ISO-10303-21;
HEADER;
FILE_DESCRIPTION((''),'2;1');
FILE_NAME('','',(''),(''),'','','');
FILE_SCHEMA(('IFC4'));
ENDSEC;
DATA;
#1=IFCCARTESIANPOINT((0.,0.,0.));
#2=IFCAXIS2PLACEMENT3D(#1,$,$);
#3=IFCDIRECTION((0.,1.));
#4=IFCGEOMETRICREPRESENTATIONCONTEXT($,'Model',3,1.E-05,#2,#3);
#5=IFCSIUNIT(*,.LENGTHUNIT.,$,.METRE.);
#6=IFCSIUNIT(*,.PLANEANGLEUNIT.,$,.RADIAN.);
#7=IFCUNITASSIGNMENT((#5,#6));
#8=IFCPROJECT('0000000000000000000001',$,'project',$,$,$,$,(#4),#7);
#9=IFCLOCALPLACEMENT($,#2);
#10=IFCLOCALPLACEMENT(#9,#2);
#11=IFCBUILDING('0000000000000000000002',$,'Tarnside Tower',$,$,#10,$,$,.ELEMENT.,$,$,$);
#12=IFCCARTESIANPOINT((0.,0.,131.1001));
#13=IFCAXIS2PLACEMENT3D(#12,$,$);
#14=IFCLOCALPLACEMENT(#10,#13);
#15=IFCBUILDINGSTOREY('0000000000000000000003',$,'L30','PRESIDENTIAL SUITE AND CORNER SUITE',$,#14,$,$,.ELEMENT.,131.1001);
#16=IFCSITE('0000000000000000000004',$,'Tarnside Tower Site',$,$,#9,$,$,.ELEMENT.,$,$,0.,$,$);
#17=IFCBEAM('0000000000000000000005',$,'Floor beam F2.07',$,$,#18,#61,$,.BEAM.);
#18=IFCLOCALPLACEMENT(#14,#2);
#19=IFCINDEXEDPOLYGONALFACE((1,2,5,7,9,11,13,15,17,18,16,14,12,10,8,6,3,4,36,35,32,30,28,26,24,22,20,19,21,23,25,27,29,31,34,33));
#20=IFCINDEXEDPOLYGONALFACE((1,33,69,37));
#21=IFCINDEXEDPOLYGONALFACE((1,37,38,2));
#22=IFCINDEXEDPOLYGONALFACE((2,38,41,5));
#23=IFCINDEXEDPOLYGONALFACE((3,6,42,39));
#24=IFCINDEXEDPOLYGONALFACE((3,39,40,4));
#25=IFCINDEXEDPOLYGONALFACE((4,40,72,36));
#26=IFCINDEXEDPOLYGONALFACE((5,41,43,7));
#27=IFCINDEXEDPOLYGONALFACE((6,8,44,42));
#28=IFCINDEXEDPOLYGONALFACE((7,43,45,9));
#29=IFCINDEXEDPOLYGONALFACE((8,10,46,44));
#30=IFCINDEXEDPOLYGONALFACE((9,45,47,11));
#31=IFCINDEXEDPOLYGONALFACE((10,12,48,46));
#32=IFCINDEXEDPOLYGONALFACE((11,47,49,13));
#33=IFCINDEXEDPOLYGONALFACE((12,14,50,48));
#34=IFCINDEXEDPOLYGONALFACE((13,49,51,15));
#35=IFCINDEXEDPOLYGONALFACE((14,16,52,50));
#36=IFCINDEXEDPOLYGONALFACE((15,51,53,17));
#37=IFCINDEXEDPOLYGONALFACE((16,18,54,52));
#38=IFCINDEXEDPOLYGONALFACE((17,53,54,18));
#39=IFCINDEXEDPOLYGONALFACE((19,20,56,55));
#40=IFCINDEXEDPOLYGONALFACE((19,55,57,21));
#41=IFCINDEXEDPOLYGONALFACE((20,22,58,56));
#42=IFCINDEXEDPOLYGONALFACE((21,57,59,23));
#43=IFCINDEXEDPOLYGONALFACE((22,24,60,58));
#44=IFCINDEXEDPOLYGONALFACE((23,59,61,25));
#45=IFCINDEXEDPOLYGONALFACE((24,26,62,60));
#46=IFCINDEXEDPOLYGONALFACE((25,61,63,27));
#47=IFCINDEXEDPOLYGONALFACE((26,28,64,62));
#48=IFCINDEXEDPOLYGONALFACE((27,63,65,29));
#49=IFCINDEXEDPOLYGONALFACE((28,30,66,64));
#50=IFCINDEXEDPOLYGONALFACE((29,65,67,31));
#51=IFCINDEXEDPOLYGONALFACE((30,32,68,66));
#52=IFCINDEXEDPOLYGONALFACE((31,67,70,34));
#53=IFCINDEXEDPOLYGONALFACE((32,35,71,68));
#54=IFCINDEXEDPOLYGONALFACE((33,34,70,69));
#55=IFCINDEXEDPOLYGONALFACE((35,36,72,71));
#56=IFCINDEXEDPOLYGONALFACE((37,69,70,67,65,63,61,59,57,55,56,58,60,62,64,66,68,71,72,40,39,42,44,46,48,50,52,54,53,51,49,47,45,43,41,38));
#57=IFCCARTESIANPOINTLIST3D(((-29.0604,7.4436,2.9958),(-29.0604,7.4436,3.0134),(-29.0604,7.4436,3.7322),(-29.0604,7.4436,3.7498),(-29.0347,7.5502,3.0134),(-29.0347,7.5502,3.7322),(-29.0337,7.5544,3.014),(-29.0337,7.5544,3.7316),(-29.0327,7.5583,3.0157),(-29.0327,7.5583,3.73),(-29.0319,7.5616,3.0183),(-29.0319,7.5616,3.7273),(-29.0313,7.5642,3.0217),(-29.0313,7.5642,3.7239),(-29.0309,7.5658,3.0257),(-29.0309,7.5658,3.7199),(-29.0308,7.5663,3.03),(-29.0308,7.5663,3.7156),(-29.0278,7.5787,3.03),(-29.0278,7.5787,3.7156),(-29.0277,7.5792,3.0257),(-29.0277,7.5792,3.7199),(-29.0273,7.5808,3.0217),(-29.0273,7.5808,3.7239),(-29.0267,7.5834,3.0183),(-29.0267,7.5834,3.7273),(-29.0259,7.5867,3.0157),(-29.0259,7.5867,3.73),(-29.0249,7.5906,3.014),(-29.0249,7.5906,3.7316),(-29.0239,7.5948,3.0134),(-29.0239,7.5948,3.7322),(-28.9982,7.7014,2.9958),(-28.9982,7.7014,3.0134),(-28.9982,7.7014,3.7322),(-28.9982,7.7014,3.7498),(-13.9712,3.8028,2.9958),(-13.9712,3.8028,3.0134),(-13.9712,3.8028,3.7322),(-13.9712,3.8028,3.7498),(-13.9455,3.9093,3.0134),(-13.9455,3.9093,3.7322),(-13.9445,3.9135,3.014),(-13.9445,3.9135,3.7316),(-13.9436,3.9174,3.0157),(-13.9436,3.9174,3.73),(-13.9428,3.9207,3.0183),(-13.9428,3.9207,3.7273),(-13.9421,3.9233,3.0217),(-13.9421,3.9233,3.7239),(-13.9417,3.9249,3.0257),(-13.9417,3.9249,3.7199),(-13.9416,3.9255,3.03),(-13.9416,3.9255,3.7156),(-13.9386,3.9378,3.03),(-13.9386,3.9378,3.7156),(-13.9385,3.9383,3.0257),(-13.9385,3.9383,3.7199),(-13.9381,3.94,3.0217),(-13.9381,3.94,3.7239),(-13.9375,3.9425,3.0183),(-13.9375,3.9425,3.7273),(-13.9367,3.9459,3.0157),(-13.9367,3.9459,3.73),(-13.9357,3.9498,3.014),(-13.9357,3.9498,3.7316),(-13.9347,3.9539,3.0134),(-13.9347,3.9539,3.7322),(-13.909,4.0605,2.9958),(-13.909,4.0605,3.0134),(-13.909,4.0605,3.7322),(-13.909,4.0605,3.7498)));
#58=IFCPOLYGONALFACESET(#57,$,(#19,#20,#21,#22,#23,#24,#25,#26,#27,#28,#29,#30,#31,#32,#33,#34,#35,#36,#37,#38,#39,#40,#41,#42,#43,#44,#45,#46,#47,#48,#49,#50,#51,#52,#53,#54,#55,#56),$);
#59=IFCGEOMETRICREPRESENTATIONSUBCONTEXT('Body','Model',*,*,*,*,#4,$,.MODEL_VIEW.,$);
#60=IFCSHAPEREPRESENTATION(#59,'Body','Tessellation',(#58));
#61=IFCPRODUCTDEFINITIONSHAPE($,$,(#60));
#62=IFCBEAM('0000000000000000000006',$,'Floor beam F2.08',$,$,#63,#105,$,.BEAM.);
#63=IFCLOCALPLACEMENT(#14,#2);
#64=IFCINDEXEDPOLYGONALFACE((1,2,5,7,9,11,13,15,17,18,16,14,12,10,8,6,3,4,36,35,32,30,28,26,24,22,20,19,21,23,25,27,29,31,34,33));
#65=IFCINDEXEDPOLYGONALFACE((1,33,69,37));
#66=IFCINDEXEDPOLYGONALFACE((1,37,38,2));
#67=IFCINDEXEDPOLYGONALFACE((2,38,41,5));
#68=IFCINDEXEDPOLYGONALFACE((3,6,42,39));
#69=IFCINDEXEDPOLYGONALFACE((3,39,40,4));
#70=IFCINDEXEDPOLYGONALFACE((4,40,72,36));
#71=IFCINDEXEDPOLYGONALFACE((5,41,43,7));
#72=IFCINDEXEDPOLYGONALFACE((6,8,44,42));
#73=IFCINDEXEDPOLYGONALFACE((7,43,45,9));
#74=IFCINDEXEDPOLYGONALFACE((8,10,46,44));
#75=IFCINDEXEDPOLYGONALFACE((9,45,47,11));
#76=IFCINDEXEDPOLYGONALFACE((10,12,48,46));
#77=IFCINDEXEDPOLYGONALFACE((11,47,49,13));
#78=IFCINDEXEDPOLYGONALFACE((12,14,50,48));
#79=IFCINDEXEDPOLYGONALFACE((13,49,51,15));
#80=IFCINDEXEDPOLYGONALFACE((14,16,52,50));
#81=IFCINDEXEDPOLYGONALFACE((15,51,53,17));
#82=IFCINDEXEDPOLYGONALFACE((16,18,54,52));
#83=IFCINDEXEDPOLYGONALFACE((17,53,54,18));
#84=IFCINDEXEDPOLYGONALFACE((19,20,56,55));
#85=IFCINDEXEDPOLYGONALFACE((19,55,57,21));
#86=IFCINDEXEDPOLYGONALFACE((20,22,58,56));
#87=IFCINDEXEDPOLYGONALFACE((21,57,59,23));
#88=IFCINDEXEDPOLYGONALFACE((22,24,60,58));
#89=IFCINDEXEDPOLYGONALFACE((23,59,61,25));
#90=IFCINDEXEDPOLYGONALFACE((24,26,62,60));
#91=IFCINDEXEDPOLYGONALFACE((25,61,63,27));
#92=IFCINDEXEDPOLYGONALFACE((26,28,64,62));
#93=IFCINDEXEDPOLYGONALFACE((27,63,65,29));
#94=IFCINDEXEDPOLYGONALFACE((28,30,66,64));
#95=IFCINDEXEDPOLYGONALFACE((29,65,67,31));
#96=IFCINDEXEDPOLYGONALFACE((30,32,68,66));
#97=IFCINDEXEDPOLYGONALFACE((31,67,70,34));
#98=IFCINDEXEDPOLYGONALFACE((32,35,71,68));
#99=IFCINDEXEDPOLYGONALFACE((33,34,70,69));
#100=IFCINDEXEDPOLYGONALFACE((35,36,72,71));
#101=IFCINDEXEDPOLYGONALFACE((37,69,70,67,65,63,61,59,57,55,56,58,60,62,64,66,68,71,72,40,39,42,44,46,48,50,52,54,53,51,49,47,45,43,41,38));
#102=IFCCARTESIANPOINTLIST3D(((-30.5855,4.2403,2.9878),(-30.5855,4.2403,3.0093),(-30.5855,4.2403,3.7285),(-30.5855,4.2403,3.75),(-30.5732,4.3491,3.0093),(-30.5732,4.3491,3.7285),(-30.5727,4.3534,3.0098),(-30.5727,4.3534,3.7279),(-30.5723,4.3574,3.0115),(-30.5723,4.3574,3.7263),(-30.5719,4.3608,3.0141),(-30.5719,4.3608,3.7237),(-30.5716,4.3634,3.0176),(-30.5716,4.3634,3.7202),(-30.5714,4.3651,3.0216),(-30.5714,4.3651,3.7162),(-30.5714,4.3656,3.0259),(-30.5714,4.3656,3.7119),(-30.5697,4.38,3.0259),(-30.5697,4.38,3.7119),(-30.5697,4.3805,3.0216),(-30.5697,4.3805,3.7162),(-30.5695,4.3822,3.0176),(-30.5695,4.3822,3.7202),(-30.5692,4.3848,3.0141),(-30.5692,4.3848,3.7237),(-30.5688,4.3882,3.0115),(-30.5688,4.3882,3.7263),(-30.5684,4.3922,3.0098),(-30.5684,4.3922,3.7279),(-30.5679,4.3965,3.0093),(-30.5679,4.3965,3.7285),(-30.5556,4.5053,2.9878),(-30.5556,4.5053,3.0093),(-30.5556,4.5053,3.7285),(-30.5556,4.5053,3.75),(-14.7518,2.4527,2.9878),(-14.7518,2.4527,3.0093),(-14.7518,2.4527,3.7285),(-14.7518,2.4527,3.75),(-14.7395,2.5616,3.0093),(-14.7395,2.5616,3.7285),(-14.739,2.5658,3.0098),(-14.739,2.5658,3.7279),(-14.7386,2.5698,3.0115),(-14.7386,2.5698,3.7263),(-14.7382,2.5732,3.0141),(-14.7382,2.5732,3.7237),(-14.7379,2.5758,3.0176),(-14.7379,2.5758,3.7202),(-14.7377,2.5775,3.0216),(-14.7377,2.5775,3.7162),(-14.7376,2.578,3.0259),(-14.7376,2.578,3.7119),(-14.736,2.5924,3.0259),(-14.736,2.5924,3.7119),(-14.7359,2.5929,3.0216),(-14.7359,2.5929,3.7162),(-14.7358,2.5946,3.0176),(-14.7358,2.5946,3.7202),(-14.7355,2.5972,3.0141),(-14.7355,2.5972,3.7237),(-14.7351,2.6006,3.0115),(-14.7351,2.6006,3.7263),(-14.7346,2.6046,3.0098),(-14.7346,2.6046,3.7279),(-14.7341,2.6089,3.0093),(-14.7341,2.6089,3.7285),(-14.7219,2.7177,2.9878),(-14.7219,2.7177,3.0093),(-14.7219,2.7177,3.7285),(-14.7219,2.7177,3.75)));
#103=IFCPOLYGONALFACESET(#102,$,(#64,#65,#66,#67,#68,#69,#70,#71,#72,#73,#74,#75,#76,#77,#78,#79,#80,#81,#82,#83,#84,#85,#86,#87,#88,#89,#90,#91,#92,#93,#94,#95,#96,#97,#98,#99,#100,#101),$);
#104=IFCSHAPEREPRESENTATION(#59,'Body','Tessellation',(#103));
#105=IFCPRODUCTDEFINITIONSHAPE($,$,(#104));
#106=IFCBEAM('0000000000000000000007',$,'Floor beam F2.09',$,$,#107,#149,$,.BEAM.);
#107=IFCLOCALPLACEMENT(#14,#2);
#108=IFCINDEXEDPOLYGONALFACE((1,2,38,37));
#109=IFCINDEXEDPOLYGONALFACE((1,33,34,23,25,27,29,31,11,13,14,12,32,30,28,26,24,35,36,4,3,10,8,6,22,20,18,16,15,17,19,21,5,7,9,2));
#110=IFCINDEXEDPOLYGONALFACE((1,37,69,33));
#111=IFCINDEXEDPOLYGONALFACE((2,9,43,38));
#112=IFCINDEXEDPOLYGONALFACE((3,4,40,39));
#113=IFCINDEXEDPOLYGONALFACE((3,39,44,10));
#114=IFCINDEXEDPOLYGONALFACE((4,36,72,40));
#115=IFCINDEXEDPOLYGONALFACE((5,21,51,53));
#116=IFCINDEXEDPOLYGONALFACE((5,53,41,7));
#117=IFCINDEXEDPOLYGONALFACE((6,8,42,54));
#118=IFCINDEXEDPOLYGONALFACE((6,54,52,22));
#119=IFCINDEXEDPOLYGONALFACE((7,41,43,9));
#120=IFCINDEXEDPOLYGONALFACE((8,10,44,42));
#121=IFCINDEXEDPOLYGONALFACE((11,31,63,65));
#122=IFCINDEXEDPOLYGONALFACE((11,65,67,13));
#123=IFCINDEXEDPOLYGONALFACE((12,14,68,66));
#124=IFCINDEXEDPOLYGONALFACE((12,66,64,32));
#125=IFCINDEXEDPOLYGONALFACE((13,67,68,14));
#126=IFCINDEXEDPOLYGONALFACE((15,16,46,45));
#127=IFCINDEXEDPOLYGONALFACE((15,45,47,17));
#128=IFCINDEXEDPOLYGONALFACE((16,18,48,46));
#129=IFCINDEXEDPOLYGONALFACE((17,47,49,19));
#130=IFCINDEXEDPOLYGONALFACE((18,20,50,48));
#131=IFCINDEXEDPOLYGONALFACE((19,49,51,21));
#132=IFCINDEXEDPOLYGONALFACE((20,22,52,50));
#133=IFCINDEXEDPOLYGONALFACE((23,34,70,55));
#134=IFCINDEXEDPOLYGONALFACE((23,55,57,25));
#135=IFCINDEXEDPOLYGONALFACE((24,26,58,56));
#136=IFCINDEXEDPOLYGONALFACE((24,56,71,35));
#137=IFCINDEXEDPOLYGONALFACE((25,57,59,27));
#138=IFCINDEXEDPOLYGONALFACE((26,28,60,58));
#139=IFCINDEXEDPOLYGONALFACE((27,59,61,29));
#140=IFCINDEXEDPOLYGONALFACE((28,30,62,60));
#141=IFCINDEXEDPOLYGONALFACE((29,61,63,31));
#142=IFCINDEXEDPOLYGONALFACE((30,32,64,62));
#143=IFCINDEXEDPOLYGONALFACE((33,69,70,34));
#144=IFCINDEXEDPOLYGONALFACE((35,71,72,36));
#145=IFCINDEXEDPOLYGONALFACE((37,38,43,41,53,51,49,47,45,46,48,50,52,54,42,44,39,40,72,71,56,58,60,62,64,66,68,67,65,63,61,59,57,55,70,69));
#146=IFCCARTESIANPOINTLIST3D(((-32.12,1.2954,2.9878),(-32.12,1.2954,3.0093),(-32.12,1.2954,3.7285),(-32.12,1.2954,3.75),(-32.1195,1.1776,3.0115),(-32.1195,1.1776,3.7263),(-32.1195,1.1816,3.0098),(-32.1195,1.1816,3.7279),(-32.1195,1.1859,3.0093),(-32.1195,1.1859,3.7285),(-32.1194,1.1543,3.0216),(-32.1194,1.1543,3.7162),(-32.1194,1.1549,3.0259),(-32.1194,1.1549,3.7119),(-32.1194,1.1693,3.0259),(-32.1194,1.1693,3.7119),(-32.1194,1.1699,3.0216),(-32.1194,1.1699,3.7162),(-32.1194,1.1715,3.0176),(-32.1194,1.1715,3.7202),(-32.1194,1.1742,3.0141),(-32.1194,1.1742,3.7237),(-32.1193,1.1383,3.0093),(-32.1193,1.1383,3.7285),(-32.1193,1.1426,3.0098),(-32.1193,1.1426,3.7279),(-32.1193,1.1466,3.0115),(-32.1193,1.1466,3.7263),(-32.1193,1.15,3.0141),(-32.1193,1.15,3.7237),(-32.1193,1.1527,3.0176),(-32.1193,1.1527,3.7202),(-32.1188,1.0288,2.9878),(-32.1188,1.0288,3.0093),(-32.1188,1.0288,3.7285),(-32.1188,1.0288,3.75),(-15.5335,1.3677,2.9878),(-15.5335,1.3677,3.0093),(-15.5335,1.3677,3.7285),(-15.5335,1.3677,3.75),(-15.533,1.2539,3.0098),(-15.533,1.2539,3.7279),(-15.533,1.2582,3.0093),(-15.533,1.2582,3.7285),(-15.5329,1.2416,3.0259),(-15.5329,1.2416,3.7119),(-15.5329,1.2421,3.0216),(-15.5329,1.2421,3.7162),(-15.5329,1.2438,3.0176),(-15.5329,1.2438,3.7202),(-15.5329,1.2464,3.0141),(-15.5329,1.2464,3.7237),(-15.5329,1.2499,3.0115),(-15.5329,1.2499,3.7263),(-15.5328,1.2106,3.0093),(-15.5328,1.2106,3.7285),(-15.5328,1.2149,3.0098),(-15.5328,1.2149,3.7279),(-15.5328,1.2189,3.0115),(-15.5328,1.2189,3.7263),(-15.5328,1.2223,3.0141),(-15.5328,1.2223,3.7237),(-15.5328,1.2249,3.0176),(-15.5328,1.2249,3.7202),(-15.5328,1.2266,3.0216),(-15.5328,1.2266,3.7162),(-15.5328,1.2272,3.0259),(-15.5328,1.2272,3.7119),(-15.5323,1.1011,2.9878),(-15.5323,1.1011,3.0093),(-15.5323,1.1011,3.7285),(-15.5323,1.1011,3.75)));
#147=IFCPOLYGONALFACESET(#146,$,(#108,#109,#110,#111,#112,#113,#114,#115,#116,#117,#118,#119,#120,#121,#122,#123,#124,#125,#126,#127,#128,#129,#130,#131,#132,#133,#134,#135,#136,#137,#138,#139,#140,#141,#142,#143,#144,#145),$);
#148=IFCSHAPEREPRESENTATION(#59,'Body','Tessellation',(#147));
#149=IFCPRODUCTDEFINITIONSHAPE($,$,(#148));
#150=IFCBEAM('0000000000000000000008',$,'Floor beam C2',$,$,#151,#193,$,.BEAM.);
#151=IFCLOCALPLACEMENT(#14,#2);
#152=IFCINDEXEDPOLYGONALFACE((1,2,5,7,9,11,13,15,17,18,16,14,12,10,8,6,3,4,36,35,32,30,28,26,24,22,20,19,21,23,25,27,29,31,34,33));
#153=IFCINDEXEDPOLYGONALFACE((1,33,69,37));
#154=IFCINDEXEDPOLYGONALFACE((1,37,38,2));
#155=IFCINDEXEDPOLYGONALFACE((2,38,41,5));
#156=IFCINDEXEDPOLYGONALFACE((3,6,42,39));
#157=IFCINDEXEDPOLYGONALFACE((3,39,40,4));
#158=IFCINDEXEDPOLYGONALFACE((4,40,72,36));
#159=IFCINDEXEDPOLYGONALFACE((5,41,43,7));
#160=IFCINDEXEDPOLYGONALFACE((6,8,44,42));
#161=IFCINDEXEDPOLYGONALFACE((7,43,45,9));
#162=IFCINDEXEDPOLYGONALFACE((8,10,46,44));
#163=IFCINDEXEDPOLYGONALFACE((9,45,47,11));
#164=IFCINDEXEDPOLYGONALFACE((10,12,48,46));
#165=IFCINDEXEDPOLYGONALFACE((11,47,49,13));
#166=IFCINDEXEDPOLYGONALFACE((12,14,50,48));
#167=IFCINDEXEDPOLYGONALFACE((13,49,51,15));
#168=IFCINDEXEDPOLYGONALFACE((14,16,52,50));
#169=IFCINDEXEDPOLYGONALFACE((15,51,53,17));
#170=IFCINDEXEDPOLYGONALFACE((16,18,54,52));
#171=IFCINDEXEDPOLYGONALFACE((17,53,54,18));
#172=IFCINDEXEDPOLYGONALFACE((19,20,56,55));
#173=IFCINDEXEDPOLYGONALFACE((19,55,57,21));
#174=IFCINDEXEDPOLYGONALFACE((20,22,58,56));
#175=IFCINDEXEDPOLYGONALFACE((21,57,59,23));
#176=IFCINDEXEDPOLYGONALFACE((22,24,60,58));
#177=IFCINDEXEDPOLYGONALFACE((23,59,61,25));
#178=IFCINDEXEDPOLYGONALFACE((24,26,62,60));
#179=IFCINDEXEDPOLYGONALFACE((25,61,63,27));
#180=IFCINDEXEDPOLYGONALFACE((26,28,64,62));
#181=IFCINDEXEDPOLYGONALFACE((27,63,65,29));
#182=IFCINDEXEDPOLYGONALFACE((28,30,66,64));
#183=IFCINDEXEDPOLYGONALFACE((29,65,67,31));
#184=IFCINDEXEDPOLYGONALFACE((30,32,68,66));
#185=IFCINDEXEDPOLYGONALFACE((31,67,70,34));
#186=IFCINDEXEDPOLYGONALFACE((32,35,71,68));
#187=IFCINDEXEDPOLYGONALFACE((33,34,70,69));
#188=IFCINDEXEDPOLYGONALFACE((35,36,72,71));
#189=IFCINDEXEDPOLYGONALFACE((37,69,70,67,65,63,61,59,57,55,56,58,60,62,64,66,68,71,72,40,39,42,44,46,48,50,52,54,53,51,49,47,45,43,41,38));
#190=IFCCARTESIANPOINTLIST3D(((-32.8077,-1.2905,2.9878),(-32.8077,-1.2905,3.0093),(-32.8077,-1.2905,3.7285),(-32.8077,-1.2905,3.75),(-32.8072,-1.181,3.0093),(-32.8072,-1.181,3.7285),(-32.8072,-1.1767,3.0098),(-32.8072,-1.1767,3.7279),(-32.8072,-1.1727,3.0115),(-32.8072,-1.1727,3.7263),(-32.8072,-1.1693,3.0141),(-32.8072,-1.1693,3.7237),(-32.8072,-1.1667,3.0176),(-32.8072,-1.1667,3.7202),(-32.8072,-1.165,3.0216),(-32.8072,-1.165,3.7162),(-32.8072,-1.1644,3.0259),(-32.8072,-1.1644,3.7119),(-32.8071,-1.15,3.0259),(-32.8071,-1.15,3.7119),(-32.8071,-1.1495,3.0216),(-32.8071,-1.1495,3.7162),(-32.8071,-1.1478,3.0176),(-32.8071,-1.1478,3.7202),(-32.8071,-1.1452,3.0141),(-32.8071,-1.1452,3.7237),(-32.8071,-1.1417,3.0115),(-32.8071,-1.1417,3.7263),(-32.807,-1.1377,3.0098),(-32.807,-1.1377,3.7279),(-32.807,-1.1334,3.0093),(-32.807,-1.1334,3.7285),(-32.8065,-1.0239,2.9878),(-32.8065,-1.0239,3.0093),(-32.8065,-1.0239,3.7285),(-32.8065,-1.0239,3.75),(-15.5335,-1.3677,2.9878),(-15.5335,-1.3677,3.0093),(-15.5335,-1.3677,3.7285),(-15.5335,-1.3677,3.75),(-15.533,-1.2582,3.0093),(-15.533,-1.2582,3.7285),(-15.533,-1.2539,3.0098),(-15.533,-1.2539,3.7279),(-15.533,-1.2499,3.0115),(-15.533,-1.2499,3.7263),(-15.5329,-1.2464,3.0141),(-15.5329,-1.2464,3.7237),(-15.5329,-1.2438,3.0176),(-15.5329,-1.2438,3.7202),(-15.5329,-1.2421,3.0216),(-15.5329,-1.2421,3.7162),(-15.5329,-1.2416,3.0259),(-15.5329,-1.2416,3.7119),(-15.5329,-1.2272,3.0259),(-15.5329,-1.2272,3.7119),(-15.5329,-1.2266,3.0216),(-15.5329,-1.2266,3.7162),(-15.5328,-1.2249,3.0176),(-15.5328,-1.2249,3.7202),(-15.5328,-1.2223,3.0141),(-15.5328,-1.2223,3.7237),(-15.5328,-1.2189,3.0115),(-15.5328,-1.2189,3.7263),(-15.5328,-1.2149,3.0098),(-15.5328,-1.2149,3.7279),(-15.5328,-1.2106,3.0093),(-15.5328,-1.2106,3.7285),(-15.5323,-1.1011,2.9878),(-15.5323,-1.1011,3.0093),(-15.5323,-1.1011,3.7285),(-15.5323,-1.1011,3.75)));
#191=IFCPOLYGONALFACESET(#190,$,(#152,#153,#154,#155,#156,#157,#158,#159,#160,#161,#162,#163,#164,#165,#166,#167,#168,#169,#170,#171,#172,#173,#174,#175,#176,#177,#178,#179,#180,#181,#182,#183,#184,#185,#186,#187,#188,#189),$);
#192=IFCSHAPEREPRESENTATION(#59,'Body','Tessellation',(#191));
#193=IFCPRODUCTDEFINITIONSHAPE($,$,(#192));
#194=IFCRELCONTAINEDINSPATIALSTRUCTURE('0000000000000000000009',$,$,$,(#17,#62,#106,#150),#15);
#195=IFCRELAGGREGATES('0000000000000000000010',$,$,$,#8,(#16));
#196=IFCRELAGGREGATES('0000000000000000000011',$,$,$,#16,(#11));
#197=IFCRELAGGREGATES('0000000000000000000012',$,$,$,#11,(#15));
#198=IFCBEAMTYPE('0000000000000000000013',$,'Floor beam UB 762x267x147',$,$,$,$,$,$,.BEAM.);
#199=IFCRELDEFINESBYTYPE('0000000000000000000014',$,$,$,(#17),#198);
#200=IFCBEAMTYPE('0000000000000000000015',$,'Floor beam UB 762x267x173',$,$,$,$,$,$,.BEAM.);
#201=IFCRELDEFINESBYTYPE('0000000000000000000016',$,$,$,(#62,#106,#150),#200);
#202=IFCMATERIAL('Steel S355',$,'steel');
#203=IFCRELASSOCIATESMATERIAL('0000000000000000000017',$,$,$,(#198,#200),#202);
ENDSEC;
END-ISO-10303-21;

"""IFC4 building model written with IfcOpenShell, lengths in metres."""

from ifc_helpers import new_model, si_unit, direction, frame, origin, origin_2d, place, context, subcontext, project, spatial, i_section, extrude, material, material_profile, profile_set, type_object, element, save


model = new_model("IFC4")

# Units and contexts
model_context = context("Model", 3, precision=1e-05, world=origin(), true_north=direction((0.0, 1.0)))
body_context = subcontext(model_context, "Body", "Model", "MODEL_VIEW")
ifc_project = project(units=[si_unit("LENGTHUNIT", "METRE"), si_unit("PLANEANGLEUNIT", "RADIAN")], contexts=[model_context])

# Site, building, storey
site_placement = place(None, origin())
site = spatial("IfcSite", under=ifc_project, at=site_placement, Name="Tarnside Tower Site", CompositionType="ELEMENT", RefElevation=0.0)
building_placement = place(site_placement, origin())
building = spatial("IfcBuilding", under=site, at=building_placement, Name="Tarnside Tower", CompositionType="ELEMENT")
storey_placement = place(building_placement, frame((0.0, 0.0, 131.1001)))
storey = spatial("IfcBuildingStorey", under=building, at=storey_placement, Name="L30", Description="PRESIDENTIAL SUITE AND CORNER SUITE", CompositionType="ELEMENT", Elevation=131.1001)

# Beams
ifc_material_1 = material(Name="Steel S355", Category="steel")
ifc_material_profile_1 = material_profile(ifc_material_1, i_section(OverallWidth=0.2651, OverallDepth=0.7539, WebThickness=0.0127, FlangeThickness=0.0176, FilletRadius=0.0166, at=origin_2d()), Name="UB 762x267x147")
ifc_profile_set_1 = profile_set([ifc_material_profile_1], Name="Steel S355")
beam_type_1 = type_object("IfcBeamType", Name="Floor beam UB 762x267x147", PredefinedType="BEAM", material=ifc_profile_set_1)
beam_1_placement = place(storey_placement, frame((-29.0293, 7.5725, 3.3728), z_axis=(0.972102, -0.23456, 0.0), x_axis=(0.23456, 0.972102, 0.0)))
element("IfcBeam", 1, at=beam_1_placement, inside=storey, type_object=beam_type_1, Name="Floor beam F2.07", PredefinedType="BEAM", context=body_context, shape_type="SweptSolid", body=[
    extrude(i_section(OverallWidth=0.2651, OverallDepth=0.7539, WebThickness=0.0127, FlangeThickness=0.0176, FilletRadius=0.0166, at=origin_2d()), origin(), (0.0, 0.0, 1.0), 15.5222),
])
ifc_material_profile_2 = material_profile(ifc_material_1, i_section(OverallWidth=0.2666, OverallDepth=0.7622, WebThickness=0.0144, FlangeThickness=0.0215, FilletRadius=0.0166, at=origin_2d()), Name="UB 762x267x173")
ifc_profile_set_2 = profile_set([ifc_material_profile_2], Name="Steel S355")
beam_type_2 = type_object("IfcBeamType", Name="Floor beam UB 762x267x173", PredefinedType="BEAM", material=ifc_profile_set_2)
beam_2_placement = place(storey_placement, frame((-30.5706, 4.3728, 3.3689), z_axis=(0.993687, -0.112185, 0.0), x_axis=(0.112185, 0.993687, 0.0)))
element("IfcBeam", 2, at=beam_2_placement, inside=storey, type_object=beam_type_2, Name="Floor beam F2.08", PredefinedType="BEAM", context=body_context, shape_type="SweptSolid", body=[
    extrude(i_section(OverallWidth=0.2666, OverallDepth=0.7622, WebThickness=0.0144, FlangeThickness=0.0215, FilletRadius=0.0166, at=origin_2d()), origin(), (0.0, 0.0, 1.0), 15.9343),
])
beam_3_placement = place(storey_placement, frame((-32.1194, 1.1621, 3.3689), z_axis=(0.999991, 0.004357, 0.0), x_axis=(-0.004357, 0.999991, 0.0)))
element("IfcBeam", 3, at=beam_3_placement, inside=storey, type_object=beam_type_2, Name="Floor beam F2.09", PredefinedType="BEAM", context=body_context, shape_type="SweptSolid", body=[
    extrude(i_section(OverallWidth=0.2666, OverallDepth=0.7622, WebThickness=0.0144, FlangeThickness=0.0215, FilletRadius=0.0166, at=origin_2d()), origin(), (0.0, 0.0, 1.0), 16.5867),
])
beam_4_placement = place(storey_placement, frame((-32.8071, -1.1572, 3.3689), z_axis=(0.99999, -0.004466, 0.0), x_axis=(0.004466, 0.99999, 0.0)))
element("IfcBeam", 4, at=beam_4_placement, inside=storey, type_object=beam_type_2, Name="Floor beam C2", PredefinedType="BEAM", context=body_context, shape_type="SweptSolid", body=[
    extrude(i_section(OverallWidth=0.2666, OverallDepth=0.7622, WebThickness=0.0144, FlangeThickness=0.0215, FilletRadius=0.0166, at=origin_2d()), origin(), (0.0, 0.0, 1.0), 17.2744),
])

save(model, "model.ifc")
